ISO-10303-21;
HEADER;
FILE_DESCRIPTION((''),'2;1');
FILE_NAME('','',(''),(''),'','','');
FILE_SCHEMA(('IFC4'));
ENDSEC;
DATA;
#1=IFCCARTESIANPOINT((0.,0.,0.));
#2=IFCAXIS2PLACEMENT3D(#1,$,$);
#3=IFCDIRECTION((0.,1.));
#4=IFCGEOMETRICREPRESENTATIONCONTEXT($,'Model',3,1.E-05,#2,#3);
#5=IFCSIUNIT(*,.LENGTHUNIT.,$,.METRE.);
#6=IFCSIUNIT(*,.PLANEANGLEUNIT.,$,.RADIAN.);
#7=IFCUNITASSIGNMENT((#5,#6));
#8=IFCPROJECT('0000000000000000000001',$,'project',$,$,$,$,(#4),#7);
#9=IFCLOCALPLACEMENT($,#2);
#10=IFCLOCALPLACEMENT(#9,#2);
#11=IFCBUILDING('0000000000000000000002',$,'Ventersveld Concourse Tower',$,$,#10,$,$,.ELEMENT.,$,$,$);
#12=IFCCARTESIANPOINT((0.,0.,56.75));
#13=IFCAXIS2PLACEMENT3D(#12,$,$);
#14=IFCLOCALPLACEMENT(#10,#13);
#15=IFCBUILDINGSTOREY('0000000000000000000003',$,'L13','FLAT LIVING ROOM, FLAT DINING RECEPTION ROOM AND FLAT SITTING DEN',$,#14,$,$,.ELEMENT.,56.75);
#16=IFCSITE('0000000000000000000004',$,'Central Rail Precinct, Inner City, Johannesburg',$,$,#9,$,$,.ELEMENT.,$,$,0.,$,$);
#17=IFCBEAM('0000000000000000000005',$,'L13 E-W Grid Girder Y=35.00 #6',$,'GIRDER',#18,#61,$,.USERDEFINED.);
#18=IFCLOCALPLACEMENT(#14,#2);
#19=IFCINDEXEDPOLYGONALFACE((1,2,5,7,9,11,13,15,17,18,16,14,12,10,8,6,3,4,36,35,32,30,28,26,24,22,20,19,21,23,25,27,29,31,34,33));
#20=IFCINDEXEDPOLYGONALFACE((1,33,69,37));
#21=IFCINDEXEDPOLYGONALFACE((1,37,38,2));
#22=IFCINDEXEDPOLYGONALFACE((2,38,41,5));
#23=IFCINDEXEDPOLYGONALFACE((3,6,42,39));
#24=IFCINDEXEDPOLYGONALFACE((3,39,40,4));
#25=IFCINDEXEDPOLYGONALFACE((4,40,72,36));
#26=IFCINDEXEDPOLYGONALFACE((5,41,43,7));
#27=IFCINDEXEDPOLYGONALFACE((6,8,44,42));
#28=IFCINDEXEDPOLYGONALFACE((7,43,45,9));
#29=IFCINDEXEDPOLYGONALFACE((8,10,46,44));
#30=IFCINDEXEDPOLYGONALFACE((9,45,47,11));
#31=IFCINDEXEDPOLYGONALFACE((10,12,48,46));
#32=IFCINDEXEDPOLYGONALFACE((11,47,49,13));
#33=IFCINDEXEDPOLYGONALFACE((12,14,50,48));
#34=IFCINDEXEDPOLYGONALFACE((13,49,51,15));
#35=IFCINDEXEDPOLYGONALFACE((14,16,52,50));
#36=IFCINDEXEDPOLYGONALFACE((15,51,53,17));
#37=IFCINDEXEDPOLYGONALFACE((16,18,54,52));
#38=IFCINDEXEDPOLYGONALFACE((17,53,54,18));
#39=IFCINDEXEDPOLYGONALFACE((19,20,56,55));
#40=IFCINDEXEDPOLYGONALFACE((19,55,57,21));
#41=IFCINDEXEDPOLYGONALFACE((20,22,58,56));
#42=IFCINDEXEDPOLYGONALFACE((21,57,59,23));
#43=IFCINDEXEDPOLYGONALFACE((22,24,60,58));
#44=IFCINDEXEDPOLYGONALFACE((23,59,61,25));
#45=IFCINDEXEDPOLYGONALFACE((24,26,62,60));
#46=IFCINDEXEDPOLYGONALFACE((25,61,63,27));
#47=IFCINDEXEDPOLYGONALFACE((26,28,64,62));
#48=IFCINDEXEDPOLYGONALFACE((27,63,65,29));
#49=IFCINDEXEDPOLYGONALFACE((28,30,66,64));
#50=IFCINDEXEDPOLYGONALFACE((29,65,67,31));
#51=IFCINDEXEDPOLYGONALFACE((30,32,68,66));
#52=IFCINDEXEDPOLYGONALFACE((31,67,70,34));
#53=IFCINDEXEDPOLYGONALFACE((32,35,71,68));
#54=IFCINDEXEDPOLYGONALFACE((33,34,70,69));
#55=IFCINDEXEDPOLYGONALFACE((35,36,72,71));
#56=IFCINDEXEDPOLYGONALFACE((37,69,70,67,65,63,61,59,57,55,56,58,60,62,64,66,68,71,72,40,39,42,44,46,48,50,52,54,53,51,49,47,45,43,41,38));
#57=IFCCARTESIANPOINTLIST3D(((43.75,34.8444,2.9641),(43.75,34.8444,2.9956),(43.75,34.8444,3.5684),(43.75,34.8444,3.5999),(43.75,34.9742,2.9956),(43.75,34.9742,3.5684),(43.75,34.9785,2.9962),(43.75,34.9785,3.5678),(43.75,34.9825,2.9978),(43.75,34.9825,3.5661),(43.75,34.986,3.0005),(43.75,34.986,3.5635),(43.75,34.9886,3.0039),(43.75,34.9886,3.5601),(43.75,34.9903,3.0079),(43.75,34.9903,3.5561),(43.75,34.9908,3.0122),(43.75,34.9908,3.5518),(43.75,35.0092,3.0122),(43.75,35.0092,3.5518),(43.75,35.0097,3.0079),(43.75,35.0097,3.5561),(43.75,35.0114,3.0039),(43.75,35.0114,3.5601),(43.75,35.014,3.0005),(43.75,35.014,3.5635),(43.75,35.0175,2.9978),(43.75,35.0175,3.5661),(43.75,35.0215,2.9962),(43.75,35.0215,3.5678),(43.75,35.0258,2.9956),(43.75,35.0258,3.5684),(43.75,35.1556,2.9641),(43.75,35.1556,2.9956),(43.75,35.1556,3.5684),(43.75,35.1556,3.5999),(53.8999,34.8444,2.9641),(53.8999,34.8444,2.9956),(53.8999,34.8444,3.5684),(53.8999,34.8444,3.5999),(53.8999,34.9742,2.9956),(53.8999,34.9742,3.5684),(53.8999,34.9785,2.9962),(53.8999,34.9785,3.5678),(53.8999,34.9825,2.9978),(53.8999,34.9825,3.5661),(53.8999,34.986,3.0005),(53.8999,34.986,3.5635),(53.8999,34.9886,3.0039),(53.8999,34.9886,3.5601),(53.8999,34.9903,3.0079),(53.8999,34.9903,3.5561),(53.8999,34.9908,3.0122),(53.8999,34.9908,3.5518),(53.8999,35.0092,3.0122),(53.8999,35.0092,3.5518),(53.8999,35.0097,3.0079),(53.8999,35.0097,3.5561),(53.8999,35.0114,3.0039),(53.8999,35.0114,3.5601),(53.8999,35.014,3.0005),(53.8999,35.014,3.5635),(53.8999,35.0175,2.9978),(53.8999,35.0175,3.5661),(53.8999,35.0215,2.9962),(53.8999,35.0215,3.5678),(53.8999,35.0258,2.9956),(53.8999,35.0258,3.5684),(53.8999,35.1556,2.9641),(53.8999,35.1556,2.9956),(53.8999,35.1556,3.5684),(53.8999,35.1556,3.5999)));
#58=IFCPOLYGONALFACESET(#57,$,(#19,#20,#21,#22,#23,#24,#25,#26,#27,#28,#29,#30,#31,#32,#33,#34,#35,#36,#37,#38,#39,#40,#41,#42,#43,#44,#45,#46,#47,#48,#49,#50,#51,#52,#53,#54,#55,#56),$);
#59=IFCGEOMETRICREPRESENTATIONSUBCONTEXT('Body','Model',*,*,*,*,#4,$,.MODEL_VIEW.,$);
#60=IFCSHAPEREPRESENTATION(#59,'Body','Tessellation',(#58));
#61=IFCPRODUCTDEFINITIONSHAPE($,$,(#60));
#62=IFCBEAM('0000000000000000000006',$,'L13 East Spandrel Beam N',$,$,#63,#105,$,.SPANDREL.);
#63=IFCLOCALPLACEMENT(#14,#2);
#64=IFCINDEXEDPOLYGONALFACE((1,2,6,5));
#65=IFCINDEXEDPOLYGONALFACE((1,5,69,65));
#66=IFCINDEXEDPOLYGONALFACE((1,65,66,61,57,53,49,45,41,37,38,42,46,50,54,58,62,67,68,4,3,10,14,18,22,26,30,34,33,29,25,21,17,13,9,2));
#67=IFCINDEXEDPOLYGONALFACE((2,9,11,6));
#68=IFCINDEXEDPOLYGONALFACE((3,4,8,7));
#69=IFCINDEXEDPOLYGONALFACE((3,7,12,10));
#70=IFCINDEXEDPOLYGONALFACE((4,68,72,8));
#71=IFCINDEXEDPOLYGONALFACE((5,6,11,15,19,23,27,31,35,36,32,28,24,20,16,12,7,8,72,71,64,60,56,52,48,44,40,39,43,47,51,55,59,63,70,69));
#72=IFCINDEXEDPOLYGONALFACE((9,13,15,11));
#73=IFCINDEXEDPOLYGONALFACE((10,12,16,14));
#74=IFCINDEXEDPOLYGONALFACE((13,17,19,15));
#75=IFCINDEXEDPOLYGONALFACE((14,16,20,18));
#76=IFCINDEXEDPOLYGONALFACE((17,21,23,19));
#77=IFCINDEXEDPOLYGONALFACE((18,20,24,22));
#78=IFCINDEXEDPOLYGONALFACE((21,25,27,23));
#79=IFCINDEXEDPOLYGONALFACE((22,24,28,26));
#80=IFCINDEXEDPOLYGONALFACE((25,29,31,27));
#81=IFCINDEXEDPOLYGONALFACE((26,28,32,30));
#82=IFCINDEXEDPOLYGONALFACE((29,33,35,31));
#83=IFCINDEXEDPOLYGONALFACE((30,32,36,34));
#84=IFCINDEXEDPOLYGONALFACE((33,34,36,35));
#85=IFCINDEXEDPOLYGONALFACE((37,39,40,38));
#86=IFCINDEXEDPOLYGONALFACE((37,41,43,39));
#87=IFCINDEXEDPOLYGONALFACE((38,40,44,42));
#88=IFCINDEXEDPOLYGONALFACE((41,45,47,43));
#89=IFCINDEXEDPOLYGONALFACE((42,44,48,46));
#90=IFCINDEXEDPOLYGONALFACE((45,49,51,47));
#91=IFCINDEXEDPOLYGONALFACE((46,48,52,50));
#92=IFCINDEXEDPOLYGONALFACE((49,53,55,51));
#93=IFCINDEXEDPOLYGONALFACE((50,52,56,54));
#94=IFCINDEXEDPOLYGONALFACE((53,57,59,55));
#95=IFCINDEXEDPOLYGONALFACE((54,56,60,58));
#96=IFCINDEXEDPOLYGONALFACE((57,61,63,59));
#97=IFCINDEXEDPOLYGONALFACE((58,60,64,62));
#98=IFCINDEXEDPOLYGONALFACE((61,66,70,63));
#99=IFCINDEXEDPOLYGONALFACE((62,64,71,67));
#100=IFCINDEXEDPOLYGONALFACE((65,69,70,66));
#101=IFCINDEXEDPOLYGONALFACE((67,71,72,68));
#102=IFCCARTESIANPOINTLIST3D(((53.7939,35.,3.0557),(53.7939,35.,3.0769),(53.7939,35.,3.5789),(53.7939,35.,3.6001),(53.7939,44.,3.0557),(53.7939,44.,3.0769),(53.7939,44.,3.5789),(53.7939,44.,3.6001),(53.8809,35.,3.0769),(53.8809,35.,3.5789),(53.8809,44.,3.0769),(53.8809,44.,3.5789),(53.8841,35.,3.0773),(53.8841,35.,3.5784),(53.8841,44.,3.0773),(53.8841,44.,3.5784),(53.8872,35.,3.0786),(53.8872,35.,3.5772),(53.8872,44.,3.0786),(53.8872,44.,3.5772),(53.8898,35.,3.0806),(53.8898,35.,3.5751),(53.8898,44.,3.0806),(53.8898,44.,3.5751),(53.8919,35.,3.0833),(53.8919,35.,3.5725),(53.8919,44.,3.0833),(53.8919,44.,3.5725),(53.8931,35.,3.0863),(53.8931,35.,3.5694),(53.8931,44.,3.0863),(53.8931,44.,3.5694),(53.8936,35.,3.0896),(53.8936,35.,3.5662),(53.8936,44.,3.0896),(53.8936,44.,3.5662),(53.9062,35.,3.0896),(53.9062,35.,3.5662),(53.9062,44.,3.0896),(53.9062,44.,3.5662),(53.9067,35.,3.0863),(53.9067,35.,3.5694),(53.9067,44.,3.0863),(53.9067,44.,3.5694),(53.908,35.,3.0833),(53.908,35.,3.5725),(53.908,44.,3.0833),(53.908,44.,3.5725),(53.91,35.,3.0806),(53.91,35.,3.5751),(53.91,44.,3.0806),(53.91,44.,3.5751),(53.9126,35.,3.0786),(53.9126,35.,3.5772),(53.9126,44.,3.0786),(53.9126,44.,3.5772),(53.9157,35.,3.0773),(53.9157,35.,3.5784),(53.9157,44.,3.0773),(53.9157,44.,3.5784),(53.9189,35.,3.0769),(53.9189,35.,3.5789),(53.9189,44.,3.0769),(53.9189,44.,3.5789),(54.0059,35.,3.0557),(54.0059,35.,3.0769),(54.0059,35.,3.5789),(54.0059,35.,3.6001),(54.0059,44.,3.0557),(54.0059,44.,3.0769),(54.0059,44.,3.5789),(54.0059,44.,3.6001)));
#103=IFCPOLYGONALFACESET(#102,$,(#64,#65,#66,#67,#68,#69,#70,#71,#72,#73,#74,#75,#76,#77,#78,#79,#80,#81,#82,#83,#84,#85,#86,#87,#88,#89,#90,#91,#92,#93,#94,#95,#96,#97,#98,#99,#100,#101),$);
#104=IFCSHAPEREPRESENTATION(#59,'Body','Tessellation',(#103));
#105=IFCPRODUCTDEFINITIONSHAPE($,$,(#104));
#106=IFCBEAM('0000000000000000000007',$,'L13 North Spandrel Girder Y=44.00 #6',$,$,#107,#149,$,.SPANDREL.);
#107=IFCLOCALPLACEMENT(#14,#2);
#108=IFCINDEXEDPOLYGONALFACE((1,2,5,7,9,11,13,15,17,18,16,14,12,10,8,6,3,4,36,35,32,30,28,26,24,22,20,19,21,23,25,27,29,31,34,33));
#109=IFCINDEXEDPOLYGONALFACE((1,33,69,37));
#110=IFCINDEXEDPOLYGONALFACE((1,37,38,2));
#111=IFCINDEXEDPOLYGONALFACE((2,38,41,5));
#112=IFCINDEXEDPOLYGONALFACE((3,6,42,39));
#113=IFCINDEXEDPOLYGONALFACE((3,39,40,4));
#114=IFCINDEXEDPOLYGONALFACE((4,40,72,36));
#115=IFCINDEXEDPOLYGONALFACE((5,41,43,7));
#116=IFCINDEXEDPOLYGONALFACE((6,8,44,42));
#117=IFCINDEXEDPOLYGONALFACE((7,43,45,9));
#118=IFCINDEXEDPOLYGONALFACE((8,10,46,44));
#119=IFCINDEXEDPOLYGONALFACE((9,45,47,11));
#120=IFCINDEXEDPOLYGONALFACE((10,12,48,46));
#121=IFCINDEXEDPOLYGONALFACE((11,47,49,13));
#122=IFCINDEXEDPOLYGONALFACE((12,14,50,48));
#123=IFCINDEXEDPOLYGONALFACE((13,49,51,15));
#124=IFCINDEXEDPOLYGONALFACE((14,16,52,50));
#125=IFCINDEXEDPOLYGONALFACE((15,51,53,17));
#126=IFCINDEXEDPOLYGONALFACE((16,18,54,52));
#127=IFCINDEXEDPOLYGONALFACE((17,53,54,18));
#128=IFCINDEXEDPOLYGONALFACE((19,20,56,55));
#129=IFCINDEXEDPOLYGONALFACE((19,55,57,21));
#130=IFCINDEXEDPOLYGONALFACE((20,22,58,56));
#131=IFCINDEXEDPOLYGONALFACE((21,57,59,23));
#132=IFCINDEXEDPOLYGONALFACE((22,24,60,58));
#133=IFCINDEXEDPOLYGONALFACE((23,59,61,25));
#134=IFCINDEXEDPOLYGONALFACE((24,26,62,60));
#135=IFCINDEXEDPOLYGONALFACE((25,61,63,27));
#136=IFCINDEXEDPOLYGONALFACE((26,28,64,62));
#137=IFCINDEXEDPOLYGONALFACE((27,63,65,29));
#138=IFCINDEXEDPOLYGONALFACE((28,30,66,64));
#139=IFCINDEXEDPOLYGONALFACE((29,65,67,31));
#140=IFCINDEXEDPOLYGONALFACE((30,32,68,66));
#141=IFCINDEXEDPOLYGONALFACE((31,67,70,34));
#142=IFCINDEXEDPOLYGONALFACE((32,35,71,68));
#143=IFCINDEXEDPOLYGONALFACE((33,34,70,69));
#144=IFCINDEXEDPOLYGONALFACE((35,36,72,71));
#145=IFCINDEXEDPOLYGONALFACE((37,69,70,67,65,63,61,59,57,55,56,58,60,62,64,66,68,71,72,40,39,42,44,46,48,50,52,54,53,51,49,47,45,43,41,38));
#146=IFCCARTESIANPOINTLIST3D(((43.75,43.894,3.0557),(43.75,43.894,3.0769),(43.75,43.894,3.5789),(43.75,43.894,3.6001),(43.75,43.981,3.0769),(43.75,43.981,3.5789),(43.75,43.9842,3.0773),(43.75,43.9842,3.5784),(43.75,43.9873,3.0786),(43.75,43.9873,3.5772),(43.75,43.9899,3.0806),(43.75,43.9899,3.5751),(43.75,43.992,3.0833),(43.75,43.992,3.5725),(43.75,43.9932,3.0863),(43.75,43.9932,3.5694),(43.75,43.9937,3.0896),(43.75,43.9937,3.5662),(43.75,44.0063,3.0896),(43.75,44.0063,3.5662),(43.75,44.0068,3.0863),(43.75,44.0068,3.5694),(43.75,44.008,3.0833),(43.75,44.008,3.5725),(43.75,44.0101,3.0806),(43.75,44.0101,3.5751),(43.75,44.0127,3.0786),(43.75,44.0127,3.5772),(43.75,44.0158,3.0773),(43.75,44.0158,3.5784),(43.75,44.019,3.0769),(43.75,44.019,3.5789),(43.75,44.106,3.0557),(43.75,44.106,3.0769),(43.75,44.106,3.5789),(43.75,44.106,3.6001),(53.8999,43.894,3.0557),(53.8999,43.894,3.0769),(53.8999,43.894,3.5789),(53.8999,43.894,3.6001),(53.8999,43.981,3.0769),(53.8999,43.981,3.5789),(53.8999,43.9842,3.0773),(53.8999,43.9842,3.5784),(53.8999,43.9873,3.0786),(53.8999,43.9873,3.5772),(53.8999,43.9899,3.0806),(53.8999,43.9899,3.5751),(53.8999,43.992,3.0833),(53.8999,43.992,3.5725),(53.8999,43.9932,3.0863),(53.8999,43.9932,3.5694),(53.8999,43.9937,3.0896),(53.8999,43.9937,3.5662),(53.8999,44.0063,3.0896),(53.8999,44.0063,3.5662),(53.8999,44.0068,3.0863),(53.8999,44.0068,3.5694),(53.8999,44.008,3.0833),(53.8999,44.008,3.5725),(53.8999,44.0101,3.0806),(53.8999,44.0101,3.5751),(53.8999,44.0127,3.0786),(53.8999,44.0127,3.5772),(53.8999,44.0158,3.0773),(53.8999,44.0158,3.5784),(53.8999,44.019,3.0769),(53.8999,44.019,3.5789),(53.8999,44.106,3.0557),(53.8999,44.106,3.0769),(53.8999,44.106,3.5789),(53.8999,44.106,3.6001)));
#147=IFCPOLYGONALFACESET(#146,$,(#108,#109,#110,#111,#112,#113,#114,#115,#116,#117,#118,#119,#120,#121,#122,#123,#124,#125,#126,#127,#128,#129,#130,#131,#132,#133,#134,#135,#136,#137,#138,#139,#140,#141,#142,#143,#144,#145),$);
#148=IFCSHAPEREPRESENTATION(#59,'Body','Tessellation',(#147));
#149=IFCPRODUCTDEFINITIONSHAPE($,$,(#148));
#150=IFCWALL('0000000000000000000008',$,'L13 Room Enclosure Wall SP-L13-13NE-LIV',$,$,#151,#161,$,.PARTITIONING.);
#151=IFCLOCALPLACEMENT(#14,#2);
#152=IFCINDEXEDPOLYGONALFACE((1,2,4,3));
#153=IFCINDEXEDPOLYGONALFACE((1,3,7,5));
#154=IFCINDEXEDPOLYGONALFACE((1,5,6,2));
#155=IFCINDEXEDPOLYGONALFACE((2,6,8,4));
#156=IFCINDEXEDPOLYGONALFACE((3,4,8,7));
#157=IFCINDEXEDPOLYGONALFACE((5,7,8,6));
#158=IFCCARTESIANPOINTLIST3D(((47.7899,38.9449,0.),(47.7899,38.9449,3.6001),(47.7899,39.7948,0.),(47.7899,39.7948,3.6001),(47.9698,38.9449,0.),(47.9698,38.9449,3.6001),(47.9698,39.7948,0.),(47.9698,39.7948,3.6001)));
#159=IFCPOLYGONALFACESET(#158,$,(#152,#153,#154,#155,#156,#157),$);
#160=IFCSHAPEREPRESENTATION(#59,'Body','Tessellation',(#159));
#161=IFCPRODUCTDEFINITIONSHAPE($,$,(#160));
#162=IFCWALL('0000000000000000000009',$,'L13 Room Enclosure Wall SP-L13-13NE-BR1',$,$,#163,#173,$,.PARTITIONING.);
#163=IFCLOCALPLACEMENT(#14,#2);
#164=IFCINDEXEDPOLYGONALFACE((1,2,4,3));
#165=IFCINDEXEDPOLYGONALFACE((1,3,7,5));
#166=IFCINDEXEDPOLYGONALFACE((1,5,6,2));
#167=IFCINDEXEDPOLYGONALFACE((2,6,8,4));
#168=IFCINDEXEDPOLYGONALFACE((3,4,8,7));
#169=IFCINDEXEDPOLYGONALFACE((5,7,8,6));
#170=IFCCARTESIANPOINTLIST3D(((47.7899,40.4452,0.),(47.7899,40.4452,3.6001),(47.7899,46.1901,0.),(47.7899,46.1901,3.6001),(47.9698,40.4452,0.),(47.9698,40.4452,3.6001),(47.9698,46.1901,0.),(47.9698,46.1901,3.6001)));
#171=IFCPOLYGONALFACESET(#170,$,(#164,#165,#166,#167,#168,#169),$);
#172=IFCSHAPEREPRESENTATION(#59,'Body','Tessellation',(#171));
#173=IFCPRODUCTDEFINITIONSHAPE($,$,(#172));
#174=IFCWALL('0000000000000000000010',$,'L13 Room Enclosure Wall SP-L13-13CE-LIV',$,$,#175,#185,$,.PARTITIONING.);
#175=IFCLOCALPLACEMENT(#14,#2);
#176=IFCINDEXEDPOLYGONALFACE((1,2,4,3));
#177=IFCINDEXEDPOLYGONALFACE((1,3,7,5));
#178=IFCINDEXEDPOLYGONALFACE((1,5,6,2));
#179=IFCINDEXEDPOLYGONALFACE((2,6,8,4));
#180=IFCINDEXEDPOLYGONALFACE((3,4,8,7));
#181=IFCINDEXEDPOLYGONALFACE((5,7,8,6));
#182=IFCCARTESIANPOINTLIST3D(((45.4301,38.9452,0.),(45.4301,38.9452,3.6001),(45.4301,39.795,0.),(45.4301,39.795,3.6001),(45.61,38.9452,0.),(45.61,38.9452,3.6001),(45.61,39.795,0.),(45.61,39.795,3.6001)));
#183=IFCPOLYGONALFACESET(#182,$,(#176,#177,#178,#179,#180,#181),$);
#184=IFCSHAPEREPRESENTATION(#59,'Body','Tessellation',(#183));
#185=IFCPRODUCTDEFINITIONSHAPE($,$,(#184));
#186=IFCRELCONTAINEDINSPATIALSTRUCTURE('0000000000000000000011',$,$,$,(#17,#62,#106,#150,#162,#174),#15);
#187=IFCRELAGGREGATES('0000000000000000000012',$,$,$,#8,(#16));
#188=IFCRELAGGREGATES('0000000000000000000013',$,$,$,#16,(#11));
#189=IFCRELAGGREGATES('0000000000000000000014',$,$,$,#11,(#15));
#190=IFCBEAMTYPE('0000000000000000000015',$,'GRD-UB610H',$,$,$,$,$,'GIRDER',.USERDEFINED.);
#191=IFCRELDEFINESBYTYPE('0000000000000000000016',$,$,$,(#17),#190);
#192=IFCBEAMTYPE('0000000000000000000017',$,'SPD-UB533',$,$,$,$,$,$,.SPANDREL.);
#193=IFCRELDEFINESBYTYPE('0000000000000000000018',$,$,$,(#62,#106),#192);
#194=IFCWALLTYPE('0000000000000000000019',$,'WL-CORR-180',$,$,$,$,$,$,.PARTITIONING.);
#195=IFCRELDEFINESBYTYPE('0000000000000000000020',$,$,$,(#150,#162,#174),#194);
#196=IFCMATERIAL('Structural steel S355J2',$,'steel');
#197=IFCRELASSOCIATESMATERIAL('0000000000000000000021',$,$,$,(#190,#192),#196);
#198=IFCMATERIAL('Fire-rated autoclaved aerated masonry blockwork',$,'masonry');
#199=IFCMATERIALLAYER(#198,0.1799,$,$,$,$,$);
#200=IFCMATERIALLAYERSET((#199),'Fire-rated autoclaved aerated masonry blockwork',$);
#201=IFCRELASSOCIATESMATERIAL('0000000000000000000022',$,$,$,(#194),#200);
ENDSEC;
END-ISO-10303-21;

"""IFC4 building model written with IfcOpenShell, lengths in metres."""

from ifc_helpers import new_model, si_unit, direction, frame, frame_2d, origin, origin_2d, place, context, subcontext, project, spatial, rectangle, i_section, extrude, material, layer, layer_set, material_profile, profile_set, type_object, element, save


model = new_model("IFC4")

# Units and contexts
model_context = context("Model", 3, precision=1e-05, world=origin(), true_north=direction((0.0, 1.0)))
body_context = subcontext(model_context, "Body", "Model", "MODEL_VIEW")
ifc_project = project(units=[si_unit("LENGTHUNIT", "METRE"), si_unit("PLANEANGLEUNIT", "RADIAN")], contexts=[model_context])

# Site, building, storey
site_placement = place(None, origin())
site = spatial("IfcSite", under=ifc_project, at=site_placement, Name="Central Rail Precinct, Inner City, Johannesburg", CompositionType="ELEMENT", RefElevation=0.0)
building_placement = place(site_placement, origin())
building = spatial("IfcBuilding", under=site, at=building_placement, Name="Ventersveld Concourse Tower", CompositionType="ELEMENT")
storey_placement = place(building_placement, frame((0.0, 0.0, 56.75)))
storey = spatial("IfcBuildingStorey", under=building, at=storey_placement, Name="L13", Description="FLAT LIVING ROOM, FLAT DINING RECEPTION ROOM AND FLAT SITTING DEN", CompositionType="ELEMENT", Elevation=56.75)

# Beams
ifc_material_1 = material(Name="Structural steel S355J2", Category="steel")
ifc_material_profile_1 = material_profile(ifc_material_1, i_section(OverallWidth=0.3113, OverallDepth=0.6357, WebThickness=0.0183, FlangeThickness=0.0315, FilletRadius=0.0166, at=origin_2d()), Name="UB 610x305x238")
ifc_profile_set_1 = profile_set([ifc_material_profile_1], Name="Structural steel S355J2")
beam_type_1 = type_object("IfcBeamType", Name="GRD-UB610H", ElementType="GIRDER", PredefinedType="USERDEFINED", material=ifc_profile_set_1)
beam_1_placement = place(storey_placement, frame((43.75, 35.0, 3.282), z_axis=(1.0, 0.0, 0.0), x_axis=(0.0, 1.0, 0.0)))
element("IfcBeam", 1, at=beam_1_placement, inside=storey, type_object=beam_type_1, Name="L13 E-W Grid Girder Y=35.00 #6", ObjectType="GIRDER", PredefinedType="USERDEFINED", context=body_context, shape_type="SweptSolid", body=[
    extrude(i_section(OverallWidth=0.3113, OverallDepth=0.6357, WebThickness=0.0183, FlangeThickness=0.0315, FilletRadius=0.0166, at=origin_2d()), origin(), (0.0, 0.0, 1.0), 10.1499),
])
ifc_material_profile_2 = material_profile(ifc_material_1, i_section(OverallWidth=0.2119, OverallDepth=0.5444, WebThickness=0.0127, FlangeThickness=0.0212, FilletRadius=0.0127, at=origin_2d()), Name="UB 533x210x122")
ifc_profile_set_2 = profile_set([ifc_material_profile_2], Name="Structural steel S355J2")
beam_type_2 = type_object("IfcBeamType", Name="SPD-UB533", PredefinedType="SPANDREL", material=ifc_profile_set_2)
beam_2_placement = place(storey_placement, frame((53.8999, 35.0, 3.3279), z_axis=(0.0, 1.0, 0.0), x_axis=(-1.0, 0.0, 0.0)))
element("IfcBeam", 2, at=beam_2_placement, inside=storey, type_object=beam_type_2, Name="L13 East Spandrel Beam N", PredefinedType="SPANDREL", context=body_context, shape_type="SweptSolid", body=[
    extrude(i_section(OverallWidth=0.2119, OverallDepth=0.5444, WebThickness=0.0127, FlangeThickness=0.0212, FilletRadius=0.0127, at=origin_2d()), origin(), (0.0, 0.0, 1.0), 9.0),
])
beam_3_placement = place(storey_placement, frame((43.75, 44.0, 3.3279), z_axis=(1.0, 0.0, 0.0), x_axis=(0.0, 1.0, 0.0)))
element("IfcBeam", 3, at=beam_3_placement, inside=storey, type_object=beam_type_2, Name="L13 North Spandrel Girder Y=44.00 #6", PredefinedType="SPANDREL", context=body_context, shape_type="SweptSolid", body=[
    extrude(i_section(OverallWidth=0.2119, OverallDepth=0.5444, WebThickness=0.0127, FlangeThickness=0.0212, FilletRadius=0.0127, at=origin_2d()), origin(), (0.0, 0.0, 1.0), 10.1499),
])

# Walls
ifc_material_2 = material(Name="Fire-rated autoclaved aerated masonry blockwork", Category="masonry")
ifc_layer_1 = layer(ifc_material_2, 0.1799)
ifc_layer_set_1 = layer_set([ifc_layer_1], Name="Fire-rated autoclaved aerated masonry blockwork")
wall_type_1 = type_object("IfcWallType", Name="WL-CORR-180", PredefinedType="PARTITIONING", material=ifc_layer_set_1)
wall_1_placement = place(storey_placement, frame((47.8799, 38.9451, 0.0), z_axis=(0.0, 0.0, 1.0), x_axis=(0.0, 1.0, 0.0)))
element("IfcWall", 4, at=wall_1_placement, inside=storey, type_object=wall_type_1, Name="L13 Room Enclosure Wall SP-L13-13NE-LIV", PredefinedType="PARTITIONING", context=body_context, shape_type="SweptSolid", body=[
    extrude(rectangle(XDim=0.8499, YDim=0.1799, at=frame_2d((0.4248, 0.0))), origin(), (0.0, 0.0, 1.0), 3.6001),
])
wall_2_placement = place(storey_placement, frame((47.8799, 40.4451, 0.0), z_axis=(0.0, 0.0, 1.0), x_axis=(0.0, 1.0, 0.0)))
element("IfcWall", 5, at=wall_2_placement, inside=storey, type_object=wall_type_1, Name="L13 Room Enclosure Wall SP-L13-13NE-BR1", PredefinedType="PARTITIONING", context=body_context, shape_type="SweptSolid", body=[
    extrude(rectangle(XDim=5.7449, YDim=0.1799, at=frame_2d((2.8726, 0.0))), origin(), (0.0, 0.0, 1.0), 3.6001),
])
wall_3_placement = place(storey_placement, frame((45.52, 39.7949, 0.0), z_axis=(0.0, 0.0, 1.0), x_axis=(0.0, -1.0, 0.0)))
element("IfcWall", 6, at=wall_3_placement, inside=storey, type_object=wall_type_1, Name="L13 Room Enclosure Wall SP-L13-13CE-LIV", PredefinedType="PARTITIONING", context=body_context, shape_type="SweptSolid", body=[
    extrude(rectangle(XDim=0.8499, YDim=0.1799, at=frame_2d((0.4248, 0.0))), origin(), (0.0, 0.0, 1.0), 3.6001),
])

save(model, "model.ifc")
